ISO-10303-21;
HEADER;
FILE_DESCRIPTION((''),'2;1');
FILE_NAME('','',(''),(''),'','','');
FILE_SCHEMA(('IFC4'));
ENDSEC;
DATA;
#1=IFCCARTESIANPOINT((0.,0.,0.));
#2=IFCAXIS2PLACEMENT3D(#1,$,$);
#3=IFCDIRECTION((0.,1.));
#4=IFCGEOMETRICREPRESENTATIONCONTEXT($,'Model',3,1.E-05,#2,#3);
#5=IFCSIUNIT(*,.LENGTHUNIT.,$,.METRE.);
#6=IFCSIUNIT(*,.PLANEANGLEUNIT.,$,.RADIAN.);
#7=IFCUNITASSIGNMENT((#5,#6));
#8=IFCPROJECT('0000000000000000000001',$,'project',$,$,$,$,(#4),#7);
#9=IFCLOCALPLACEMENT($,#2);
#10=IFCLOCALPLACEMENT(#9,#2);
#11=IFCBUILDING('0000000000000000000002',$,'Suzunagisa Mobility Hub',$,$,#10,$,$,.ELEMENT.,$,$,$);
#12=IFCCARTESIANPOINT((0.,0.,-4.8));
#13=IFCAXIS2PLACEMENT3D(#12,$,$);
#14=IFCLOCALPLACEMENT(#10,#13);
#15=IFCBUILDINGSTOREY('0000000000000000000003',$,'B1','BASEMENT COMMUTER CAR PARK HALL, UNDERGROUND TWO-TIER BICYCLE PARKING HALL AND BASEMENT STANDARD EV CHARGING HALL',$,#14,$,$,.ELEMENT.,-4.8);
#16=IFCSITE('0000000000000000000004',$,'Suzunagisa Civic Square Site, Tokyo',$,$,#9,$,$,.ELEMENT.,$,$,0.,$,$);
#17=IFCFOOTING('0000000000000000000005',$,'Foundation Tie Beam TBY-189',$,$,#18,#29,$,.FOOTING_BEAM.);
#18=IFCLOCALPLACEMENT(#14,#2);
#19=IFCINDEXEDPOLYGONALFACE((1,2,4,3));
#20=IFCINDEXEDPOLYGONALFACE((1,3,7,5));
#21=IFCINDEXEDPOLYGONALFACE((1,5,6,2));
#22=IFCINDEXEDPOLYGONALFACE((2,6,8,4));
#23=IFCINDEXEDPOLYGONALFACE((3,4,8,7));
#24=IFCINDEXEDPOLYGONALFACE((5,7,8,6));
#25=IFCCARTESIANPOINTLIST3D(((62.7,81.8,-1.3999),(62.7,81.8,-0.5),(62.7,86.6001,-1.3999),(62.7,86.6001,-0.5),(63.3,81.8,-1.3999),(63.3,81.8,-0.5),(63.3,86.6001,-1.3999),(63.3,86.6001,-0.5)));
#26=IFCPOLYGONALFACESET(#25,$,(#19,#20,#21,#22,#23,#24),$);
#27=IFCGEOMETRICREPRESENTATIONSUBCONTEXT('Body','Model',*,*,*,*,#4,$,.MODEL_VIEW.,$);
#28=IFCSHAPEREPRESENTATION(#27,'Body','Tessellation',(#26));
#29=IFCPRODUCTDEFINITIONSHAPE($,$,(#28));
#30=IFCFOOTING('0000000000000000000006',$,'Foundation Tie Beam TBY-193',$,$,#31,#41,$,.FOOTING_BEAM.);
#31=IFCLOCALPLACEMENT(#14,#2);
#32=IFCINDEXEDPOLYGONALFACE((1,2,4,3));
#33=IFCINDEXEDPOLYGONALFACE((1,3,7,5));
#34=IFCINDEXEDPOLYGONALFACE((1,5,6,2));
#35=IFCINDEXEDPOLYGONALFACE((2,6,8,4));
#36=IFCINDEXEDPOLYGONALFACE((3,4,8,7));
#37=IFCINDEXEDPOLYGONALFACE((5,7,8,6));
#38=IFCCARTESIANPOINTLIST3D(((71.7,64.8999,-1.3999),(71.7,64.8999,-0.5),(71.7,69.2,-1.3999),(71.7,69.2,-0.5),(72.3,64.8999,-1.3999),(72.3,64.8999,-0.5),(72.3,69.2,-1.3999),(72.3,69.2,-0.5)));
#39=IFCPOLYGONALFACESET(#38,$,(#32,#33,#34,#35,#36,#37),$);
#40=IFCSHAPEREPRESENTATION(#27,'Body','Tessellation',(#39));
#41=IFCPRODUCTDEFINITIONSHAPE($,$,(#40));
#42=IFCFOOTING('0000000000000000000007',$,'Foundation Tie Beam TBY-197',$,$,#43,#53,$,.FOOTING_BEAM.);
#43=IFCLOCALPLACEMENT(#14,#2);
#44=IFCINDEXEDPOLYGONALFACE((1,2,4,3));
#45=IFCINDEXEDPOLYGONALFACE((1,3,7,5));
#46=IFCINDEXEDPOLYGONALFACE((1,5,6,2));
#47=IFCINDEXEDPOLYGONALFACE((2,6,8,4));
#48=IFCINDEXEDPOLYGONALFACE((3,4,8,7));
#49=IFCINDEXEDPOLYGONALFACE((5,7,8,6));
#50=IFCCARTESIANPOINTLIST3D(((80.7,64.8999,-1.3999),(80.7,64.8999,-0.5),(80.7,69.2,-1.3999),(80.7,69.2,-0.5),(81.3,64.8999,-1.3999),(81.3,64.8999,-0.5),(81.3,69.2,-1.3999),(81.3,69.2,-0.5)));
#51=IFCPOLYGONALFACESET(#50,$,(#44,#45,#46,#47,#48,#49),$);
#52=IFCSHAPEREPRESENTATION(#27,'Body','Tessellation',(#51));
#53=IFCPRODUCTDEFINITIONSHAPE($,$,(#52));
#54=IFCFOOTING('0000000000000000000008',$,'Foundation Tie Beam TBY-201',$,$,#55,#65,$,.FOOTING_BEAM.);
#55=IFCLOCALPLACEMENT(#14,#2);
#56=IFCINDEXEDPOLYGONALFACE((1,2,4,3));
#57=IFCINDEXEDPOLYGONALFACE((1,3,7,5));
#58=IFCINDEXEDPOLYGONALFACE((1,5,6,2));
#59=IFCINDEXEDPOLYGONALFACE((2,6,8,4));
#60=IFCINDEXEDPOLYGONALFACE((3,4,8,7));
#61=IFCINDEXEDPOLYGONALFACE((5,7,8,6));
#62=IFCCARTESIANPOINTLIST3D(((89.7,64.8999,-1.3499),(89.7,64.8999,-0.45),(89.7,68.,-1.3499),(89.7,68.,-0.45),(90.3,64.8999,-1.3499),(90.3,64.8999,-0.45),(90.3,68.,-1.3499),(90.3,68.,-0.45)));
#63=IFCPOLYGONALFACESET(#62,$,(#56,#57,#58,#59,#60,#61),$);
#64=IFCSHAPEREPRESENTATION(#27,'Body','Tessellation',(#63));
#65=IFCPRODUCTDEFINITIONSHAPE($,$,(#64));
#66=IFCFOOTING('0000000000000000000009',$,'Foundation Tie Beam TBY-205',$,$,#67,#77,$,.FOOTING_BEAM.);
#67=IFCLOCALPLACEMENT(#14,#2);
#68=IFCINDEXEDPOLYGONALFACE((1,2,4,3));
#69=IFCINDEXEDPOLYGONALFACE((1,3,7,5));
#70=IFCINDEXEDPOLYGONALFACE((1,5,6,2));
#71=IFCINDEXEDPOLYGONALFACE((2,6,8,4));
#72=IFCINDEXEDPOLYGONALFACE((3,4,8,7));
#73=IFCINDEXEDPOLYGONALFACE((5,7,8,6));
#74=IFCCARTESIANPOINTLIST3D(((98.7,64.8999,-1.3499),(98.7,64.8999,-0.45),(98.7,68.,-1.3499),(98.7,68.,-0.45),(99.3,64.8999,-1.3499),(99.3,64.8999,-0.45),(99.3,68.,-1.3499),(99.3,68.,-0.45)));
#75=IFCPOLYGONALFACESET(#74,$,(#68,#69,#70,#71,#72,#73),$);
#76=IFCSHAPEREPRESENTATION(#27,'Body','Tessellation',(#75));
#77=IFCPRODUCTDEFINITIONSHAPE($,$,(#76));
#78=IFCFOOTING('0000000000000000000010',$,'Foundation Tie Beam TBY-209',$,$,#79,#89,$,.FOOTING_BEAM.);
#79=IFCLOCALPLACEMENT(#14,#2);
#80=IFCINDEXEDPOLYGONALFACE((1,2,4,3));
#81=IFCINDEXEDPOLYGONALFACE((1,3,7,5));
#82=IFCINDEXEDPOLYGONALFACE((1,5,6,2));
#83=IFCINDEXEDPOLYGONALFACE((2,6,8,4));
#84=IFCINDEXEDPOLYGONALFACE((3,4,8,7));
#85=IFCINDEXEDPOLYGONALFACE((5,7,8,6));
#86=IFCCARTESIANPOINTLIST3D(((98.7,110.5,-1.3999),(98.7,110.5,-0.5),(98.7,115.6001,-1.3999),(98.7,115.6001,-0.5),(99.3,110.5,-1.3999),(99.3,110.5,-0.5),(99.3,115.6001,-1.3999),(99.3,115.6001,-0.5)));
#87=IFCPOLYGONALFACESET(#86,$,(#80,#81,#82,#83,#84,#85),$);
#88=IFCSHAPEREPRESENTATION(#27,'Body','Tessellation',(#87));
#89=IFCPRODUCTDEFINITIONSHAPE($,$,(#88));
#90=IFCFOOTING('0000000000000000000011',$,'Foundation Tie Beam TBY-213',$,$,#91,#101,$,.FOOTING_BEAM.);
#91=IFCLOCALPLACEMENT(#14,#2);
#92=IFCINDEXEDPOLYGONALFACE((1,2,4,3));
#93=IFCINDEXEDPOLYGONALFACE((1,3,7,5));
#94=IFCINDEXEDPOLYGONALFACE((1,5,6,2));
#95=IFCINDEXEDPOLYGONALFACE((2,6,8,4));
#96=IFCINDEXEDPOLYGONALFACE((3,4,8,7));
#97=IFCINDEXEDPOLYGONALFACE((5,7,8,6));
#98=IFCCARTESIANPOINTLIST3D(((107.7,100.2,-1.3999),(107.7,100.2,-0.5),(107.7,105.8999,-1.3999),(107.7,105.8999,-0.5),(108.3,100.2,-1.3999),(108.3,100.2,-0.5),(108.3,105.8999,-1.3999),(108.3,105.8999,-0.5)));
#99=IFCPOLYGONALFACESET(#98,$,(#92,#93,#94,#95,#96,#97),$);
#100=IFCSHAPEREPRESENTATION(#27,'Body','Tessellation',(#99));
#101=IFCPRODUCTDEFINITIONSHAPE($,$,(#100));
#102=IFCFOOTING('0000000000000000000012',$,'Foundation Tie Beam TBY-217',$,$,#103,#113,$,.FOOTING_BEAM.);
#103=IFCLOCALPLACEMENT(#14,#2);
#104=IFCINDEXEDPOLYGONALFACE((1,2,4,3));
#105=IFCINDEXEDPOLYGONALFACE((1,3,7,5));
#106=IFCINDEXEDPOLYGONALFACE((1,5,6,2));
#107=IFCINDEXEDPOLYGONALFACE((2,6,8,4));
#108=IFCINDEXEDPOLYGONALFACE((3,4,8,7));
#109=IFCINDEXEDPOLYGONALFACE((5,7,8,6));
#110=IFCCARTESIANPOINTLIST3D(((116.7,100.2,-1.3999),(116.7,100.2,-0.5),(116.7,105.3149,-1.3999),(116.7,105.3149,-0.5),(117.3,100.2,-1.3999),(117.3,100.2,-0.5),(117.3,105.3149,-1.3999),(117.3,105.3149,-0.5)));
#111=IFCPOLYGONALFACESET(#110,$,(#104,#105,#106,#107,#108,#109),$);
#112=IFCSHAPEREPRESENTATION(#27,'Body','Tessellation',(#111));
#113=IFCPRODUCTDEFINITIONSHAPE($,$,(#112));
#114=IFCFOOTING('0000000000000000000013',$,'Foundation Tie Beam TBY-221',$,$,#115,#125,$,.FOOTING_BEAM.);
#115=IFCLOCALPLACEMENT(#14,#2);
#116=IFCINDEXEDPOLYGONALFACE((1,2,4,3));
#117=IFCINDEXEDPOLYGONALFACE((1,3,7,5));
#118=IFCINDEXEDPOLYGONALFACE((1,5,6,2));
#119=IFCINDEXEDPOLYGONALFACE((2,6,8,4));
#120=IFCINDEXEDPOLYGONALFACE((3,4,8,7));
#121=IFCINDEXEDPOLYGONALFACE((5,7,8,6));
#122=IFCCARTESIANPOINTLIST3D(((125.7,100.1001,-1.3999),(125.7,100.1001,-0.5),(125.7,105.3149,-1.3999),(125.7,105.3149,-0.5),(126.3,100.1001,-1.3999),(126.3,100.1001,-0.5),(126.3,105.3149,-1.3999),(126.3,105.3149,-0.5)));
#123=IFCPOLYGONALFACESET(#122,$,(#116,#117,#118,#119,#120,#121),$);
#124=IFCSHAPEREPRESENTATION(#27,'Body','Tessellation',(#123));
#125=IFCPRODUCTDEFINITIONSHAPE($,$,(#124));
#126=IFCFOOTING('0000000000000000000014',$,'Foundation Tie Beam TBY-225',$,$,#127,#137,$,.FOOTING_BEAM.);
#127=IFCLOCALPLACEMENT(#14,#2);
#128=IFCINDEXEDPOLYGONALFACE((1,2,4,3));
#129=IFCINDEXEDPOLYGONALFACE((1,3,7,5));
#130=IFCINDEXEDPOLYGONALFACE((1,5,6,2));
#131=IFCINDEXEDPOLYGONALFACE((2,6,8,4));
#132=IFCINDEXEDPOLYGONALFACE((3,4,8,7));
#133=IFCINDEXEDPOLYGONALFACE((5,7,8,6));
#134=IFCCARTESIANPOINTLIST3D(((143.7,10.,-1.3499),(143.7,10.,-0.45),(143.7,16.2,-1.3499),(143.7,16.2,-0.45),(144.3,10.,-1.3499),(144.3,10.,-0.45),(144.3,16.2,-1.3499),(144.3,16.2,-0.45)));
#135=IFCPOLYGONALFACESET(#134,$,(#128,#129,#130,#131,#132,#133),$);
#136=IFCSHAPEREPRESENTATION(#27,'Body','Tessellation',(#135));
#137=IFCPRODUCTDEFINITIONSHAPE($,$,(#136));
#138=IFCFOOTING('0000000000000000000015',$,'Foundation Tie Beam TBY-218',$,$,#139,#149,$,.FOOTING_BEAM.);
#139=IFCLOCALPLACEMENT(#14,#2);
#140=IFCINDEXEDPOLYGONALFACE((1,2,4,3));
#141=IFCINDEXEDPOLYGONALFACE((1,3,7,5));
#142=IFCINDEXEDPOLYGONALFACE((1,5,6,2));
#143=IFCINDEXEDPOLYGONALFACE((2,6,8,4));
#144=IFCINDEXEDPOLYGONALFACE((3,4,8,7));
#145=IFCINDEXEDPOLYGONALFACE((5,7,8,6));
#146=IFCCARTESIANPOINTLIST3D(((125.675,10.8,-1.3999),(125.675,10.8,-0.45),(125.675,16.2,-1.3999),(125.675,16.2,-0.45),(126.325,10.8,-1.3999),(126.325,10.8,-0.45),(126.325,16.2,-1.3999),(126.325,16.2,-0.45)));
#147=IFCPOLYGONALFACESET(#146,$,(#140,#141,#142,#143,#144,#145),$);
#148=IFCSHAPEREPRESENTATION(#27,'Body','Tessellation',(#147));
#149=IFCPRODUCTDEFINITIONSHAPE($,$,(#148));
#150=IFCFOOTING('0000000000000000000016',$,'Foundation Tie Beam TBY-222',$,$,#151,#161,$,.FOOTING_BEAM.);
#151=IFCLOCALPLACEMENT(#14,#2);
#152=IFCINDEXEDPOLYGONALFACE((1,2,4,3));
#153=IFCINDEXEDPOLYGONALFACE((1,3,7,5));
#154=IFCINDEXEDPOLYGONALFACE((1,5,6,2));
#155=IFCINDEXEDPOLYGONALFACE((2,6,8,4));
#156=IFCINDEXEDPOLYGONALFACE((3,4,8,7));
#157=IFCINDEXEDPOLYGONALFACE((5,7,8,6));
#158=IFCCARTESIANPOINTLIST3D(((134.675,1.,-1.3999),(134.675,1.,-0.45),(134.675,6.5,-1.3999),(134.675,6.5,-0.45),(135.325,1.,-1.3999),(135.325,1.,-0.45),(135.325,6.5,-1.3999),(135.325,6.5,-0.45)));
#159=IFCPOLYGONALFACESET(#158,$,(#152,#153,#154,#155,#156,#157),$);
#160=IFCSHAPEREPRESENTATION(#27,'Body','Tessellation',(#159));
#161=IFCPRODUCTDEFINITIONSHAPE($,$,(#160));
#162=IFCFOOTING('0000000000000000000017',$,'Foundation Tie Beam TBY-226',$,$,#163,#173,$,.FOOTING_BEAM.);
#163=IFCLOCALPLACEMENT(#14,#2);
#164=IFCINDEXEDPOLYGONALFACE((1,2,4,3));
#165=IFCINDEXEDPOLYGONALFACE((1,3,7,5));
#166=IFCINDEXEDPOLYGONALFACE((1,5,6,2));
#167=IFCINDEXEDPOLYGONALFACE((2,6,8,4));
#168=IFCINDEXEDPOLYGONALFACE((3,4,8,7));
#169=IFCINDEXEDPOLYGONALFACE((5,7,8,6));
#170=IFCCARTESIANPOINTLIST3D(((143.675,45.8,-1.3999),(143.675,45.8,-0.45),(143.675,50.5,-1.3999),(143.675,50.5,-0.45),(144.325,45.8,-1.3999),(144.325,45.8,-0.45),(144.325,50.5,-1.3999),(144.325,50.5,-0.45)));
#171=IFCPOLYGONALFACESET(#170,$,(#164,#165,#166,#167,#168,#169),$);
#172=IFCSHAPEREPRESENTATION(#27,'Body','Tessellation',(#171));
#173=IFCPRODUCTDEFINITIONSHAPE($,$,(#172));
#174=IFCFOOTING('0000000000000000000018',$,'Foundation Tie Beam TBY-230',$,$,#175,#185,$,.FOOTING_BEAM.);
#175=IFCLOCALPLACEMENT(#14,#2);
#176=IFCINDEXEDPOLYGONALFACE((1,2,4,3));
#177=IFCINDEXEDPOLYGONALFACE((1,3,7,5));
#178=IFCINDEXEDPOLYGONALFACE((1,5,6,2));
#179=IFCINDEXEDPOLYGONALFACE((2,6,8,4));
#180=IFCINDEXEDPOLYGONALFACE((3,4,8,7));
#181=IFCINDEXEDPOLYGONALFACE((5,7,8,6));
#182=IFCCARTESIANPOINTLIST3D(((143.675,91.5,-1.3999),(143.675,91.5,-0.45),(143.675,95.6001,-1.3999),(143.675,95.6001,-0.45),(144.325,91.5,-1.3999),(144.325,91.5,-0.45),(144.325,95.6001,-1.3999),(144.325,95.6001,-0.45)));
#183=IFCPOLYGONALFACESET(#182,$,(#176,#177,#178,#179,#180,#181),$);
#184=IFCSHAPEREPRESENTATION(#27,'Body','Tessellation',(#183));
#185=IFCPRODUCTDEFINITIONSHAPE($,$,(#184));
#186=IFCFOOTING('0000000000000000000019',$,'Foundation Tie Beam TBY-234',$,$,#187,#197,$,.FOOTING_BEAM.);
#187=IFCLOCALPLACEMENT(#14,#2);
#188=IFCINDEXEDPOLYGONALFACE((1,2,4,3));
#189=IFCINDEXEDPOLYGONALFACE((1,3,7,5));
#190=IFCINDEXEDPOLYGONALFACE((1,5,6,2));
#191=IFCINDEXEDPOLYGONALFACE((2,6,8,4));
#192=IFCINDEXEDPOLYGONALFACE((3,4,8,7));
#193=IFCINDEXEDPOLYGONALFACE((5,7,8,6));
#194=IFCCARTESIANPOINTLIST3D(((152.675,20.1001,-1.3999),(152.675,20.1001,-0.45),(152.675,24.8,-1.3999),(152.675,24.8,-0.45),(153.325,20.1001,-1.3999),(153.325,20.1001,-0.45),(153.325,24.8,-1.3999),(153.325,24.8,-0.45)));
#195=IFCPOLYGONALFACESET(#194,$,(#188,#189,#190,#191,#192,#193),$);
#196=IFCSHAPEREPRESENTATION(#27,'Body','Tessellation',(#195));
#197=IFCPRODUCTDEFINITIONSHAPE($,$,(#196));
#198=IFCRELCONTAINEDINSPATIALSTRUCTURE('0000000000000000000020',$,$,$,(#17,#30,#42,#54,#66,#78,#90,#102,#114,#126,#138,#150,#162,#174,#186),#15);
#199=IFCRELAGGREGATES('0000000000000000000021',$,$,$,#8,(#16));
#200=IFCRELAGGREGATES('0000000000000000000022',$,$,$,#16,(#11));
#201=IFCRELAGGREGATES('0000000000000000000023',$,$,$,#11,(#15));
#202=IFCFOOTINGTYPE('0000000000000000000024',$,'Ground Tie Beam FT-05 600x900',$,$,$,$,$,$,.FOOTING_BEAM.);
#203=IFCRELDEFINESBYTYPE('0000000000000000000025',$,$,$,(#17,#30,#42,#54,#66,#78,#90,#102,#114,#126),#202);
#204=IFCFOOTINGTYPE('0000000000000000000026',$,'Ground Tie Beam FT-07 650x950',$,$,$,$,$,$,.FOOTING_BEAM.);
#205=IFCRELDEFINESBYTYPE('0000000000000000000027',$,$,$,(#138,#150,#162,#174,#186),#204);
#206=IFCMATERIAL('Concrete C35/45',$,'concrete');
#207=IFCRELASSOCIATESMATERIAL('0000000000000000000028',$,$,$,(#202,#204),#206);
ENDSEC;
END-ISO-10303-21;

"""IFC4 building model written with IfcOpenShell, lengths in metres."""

from ifc_helpers import new_model, si_unit, direction, frame, origin, place, context, subcontext, project, spatial, polyline, outline, extrude, material, type_object, element, save


model = new_model("IFC4")

# Units and contexts
model_context = context("Model", 3, precision=1e-05, world=origin(), true_north=direction((0.0, 1.0)))
body_context = subcontext(model_context, "Body", "Model", "MODEL_VIEW")
ifc_project = project(units=[si_unit("LENGTHUNIT", "METRE"), si_unit("PLANEANGLEUNIT", "RADIAN")], contexts=[model_context])

# Site, building, storey
site_placement = place(None, origin())
site = spatial("IfcSite", under=ifc_project, at=site_placement, Name="Suzunagisa Civic Square Site, Tokyo", CompositionType="ELEMENT", RefElevation=0.0)
building_placement = place(site_placement, origin())
building = spatial("IfcBuilding", under=site, at=building_placement, Name="Suzunagisa Mobility Hub", CompositionType="ELEMENT")
storey_placement = place(building_placement, frame((0.0, 0.0, -4.8)))
storey = spatial("IfcBuildingStorey", under=building, at=storey_placement, Name="B1", Description="BASEMENT COMMUTER CAR PARK HALL, UNDERGROUND TWO-TIER BICYCLE PARKING HALL AND BASEMENT STANDARD EV CHARGING HALL", CompositionType="ELEMENT", Elevation=-4.8)

# Footings
ifc_material = material(Name="Concrete C35/45", Category="concrete")
footing_type_1 = type_object("IfcFootingType", Name="Ground Tie Beam FT-05 600x900", PredefinedType="FOOTING_BEAM", material=ifc_material)
footing_1_placement = place(storey_placement, frame((0.0, 0.0, -1.3999)))
element("IfcFooting", 1, at=footing_1_placement, inside=storey, type_object=footing_type_1, Name="Foundation Tie Beam TBY-189", PredefinedType="FOOTING_BEAM", context=body_context, shape_type="SweptSolid", body=[
    extrude(outline(polyline([(62.7, 81.8), (63.3, 81.8), (63.3, 86.6001), (62.7, 86.6001), (62.7, 81.8)])), origin(), (0.0, 0.0, 1.0), 0.8999),
])
footing_2_placement = place(storey_placement, frame((0.0, 0.0, -1.3999)))
element("IfcFooting", 2, at=footing_2_placement, inside=storey, type_object=footing_type_1, Name="Foundation Tie Beam TBY-193", PredefinedType="FOOTING_BEAM", context=body_context, shape_type="SweptSolid", body=[
    extrude(outline(polyline([(71.7, 64.8999), (72.3, 64.8999), (72.3, 69.2), (71.7, 69.2), (71.7, 64.8999)])), origin(), (0.0, 0.0, 1.0), 0.8999),
])
footing_3_placement = place(storey_placement, frame((0.0, 0.0, -1.3999)))
element("IfcFooting", 3, at=footing_3_placement, inside=storey, type_object=footing_type_1, Name="Foundation Tie Beam TBY-197", PredefinedType="FOOTING_BEAM", context=body_context, shape_type="SweptSolid", body=[
    extrude(outline(polyline([(80.7, 64.8999), (81.3, 64.8999), (81.3, 69.2), (80.7, 69.2), (80.7, 64.8999)])), origin(), (0.0, 0.0, 1.0), 0.8999),
])
footing_4_placement = place(storey_placement, frame((0.0, 0.0, -1.3499)))
element("IfcFooting", 4, at=footing_4_placement, inside=storey, type_object=footing_type_1, Name="Foundation Tie Beam TBY-201", PredefinedType="FOOTING_BEAM", context=body_context, shape_type="SweptSolid", body=[
    extrude(outline(polyline([(89.7, 64.8999), (90.3, 64.8999), (90.3, 68.0), (89.7, 68.0), (89.7, 64.8999)])), origin(), (0.0, 0.0, 1.0), 0.8999),
])
footing_5_placement = place(storey_placement, frame((0.0, 0.0, -1.3499)))
element("IfcFooting", 5, at=footing_5_placement, inside=storey, type_object=footing_type_1, Name="Foundation Tie Beam TBY-205", PredefinedType="FOOTING_BEAM", context=body_context, shape_type="SweptSolid", body=[
    extrude(outline(polyline([(98.7, 64.8999), (99.3, 64.8999), (99.3, 68.0), (98.7, 68.0), (98.7, 64.8999)])), origin(), (0.0, 0.0, 1.0), 0.8999),
])
footing_6_placement = place(storey_placement, frame((0.0, 0.0, -1.3999)))
element("IfcFooting", 6, at=footing_6_placement, inside=storey, type_object=footing_type_1, Name="Foundation Tie Beam TBY-209", PredefinedType="FOOTING_BEAM", context=body_context, shape_type="SweptSolid", body=[
    extrude(outline(polyline([(98.7, 110.5), (99.3, 110.5), (99.3, 115.6001), (98.7, 115.6001), (98.7, 110.5)])), origin(), (0.0, 0.0, 1.0), 0.8999),
])
footing_7_placement = place(storey_placement, frame((0.0, 0.0, -1.3999)))
element("IfcFooting", 7, at=footing_7_placement, inside=storey, type_object=footing_type_1, Name="Foundation Tie Beam TBY-213", PredefinedType="FOOTING_BEAM", context=body_context, shape_type="SweptSolid", body=[
    extrude(outline(polyline([(107.7, 100.2), (108.3, 100.2), (108.3, 105.8999), (107.7, 105.8999), (107.7, 100.2)])), origin(), (0.0, 0.0, 1.0), 0.8999),
])
footing_8_placement = place(storey_placement, frame((0.0, 0.0, -1.3999)))
element("IfcFooting", 8, at=footing_8_placement, inside=storey, type_object=footing_type_1, Name="Foundation Tie Beam TBY-217", PredefinedType="FOOTING_BEAM", context=body_context, shape_type="SweptSolid", body=[
    extrude(outline(polyline([(116.7, 100.2), (117.3, 100.2), (117.3, 105.3149), (116.7, 105.3149), (116.7, 100.2)])), origin(), (0.0, 0.0, 1.0), 0.8999),
])
footing_9_placement = place(storey_placement, frame((0.0, 0.0, -1.3999)))
element("IfcFooting", 9, at=footing_9_placement, inside=storey, type_object=footing_type_1, Name="Foundation Tie Beam TBY-221", PredefinedType="FOOTING_BEAM", context=body_context, shape_type="SweptSolid", body=[
    extrude(outline(polyline([(125.7, 100.1001), (126.3, 100.1001), (126.3, 105.3149), (125.7, 105.3149), (125.7, 100.1001)])), origin(), (0.0, 0.0, 1.0), 0.8999),
])
footing_10_placement = place(storey_placement, frame((0.0, 0.0, -1.3499)))
element("IfcFooting", 10, at=footing_10_placement, inside=storey, type_object=footing_type_1, Name="Foundation Tie Beam TBY-225", PredefinedType="FOOTING_BEAM", context=body_context, shape_type="SweptSolid", body=[
    extrude(outline(polyline([(143.7, 10.0), (144.3, 10.0), (144.3, 16.2), (143.7, 16.2), (143.7, 10.0)])), origin(), (0.0, 0.0, 1.0), 0.8999),
])
footing_type_2 = type_object("IfcFootingType", Name="Ground Tie Beam FT-07 650x950", PredefinedType="FOOTING_BEAM", material=ifc_material)
footing_11_placement = place(storey_placement, frame((0.0, 0.0, -1.3999)))
element("IfcFooting", 11, at=footing_11_placement, inside=storey, type_object=footing_type_2, Name="Foundation Tie Beam TBY-218", PredefinedType="FOOTING_BEAM", context=body_context, shape_type="SweptSolid", body=[
    extrude(outline(polyline([(125.675, 10.8), (126.325, 10.8), (126.325, 16.2), (125.675, 16.2), (125.675, 10.8)])), origin(), (0.0, 0.0, 1.0), 0.95),
])
footing_12_placement = place(storey_placement, frame((0.0, 0.0, -1.3999)))
element("IfcFooting", 12, at=footing_12_placement, inside=storey, type_object=footing_type_2, Name="Foundation Tie Beam TBY-222", PredefinedType="FOOTING_BEAM", context=body_context, shape_type="SweptSolid", body=[
    extrude(outline(polyline([(134.675, 1.0), (135.325, 1.0), (135.325, 6.5), (134.675, 6.5), (134.675, 1.0)])), origin(), (0.0, 0.0, 1.0), 0.95),
])
footing_13_placement = place(storey_placement, frame((0.0, 0.0, -1.3999)))
element("IfcFooting", 13, at=footing_13_placement, inside=storey, type_object=footing_type_2, Name="Foundation Tie Beam TBY-226", PredefinedType="FOOTING_BEAM", context=body_context, shape_type="SweptSolid", body=[
    extrude(outline(polyline([(143.675, 45.8), (144.325, 45.8), (144.325, 50.5), (143.675, 50.5), (143.675, 45.8)])), origin(), (0.0, 0.0, 1.0), 0.95),
])
footing_14_placement = place(storey_placement, frame((0.0, 0.0, -1.3999)))
element("IfcFooting", 14, at=footing_14_placement, inside=storey, type_object=footing_type_2, Name="Foundation Tie Beam TBY-230", PredefinedType="FOOTING_BEAM", context=body_context, shape_type="SweptSolid", body=[
    extrude(outline(polyline([(143.675, 91.5), (144.325, 91.5), (144.325, 95.6001), (143.675, 95.6001), (143.675, 91.5)])), origin(), (0.0, 0.0, 1.0), 0.95),
])
footing_15_placement = place(storey_placement, frame((0.0, 0.0, -1.3999)))
element("IfcFooting", 15, at=footing_15_placement, inside=storey, type_object=footing_type_2, Name="Foundation Tie Beam TBY-234", PredefinedType="FOOTING_BEAM", context=body_context, shape_type="SweptSolid", body=[
    extrude(outline(polyline([(152.675, 20.1001), (153.325, 20.1001), (153.325, 24.8), (152.675, 24.8), (152.675, 20.1001)])), origin(), (0.0, 0.0, 1.0), 0.95),
])

save(model, "model.ifc")
